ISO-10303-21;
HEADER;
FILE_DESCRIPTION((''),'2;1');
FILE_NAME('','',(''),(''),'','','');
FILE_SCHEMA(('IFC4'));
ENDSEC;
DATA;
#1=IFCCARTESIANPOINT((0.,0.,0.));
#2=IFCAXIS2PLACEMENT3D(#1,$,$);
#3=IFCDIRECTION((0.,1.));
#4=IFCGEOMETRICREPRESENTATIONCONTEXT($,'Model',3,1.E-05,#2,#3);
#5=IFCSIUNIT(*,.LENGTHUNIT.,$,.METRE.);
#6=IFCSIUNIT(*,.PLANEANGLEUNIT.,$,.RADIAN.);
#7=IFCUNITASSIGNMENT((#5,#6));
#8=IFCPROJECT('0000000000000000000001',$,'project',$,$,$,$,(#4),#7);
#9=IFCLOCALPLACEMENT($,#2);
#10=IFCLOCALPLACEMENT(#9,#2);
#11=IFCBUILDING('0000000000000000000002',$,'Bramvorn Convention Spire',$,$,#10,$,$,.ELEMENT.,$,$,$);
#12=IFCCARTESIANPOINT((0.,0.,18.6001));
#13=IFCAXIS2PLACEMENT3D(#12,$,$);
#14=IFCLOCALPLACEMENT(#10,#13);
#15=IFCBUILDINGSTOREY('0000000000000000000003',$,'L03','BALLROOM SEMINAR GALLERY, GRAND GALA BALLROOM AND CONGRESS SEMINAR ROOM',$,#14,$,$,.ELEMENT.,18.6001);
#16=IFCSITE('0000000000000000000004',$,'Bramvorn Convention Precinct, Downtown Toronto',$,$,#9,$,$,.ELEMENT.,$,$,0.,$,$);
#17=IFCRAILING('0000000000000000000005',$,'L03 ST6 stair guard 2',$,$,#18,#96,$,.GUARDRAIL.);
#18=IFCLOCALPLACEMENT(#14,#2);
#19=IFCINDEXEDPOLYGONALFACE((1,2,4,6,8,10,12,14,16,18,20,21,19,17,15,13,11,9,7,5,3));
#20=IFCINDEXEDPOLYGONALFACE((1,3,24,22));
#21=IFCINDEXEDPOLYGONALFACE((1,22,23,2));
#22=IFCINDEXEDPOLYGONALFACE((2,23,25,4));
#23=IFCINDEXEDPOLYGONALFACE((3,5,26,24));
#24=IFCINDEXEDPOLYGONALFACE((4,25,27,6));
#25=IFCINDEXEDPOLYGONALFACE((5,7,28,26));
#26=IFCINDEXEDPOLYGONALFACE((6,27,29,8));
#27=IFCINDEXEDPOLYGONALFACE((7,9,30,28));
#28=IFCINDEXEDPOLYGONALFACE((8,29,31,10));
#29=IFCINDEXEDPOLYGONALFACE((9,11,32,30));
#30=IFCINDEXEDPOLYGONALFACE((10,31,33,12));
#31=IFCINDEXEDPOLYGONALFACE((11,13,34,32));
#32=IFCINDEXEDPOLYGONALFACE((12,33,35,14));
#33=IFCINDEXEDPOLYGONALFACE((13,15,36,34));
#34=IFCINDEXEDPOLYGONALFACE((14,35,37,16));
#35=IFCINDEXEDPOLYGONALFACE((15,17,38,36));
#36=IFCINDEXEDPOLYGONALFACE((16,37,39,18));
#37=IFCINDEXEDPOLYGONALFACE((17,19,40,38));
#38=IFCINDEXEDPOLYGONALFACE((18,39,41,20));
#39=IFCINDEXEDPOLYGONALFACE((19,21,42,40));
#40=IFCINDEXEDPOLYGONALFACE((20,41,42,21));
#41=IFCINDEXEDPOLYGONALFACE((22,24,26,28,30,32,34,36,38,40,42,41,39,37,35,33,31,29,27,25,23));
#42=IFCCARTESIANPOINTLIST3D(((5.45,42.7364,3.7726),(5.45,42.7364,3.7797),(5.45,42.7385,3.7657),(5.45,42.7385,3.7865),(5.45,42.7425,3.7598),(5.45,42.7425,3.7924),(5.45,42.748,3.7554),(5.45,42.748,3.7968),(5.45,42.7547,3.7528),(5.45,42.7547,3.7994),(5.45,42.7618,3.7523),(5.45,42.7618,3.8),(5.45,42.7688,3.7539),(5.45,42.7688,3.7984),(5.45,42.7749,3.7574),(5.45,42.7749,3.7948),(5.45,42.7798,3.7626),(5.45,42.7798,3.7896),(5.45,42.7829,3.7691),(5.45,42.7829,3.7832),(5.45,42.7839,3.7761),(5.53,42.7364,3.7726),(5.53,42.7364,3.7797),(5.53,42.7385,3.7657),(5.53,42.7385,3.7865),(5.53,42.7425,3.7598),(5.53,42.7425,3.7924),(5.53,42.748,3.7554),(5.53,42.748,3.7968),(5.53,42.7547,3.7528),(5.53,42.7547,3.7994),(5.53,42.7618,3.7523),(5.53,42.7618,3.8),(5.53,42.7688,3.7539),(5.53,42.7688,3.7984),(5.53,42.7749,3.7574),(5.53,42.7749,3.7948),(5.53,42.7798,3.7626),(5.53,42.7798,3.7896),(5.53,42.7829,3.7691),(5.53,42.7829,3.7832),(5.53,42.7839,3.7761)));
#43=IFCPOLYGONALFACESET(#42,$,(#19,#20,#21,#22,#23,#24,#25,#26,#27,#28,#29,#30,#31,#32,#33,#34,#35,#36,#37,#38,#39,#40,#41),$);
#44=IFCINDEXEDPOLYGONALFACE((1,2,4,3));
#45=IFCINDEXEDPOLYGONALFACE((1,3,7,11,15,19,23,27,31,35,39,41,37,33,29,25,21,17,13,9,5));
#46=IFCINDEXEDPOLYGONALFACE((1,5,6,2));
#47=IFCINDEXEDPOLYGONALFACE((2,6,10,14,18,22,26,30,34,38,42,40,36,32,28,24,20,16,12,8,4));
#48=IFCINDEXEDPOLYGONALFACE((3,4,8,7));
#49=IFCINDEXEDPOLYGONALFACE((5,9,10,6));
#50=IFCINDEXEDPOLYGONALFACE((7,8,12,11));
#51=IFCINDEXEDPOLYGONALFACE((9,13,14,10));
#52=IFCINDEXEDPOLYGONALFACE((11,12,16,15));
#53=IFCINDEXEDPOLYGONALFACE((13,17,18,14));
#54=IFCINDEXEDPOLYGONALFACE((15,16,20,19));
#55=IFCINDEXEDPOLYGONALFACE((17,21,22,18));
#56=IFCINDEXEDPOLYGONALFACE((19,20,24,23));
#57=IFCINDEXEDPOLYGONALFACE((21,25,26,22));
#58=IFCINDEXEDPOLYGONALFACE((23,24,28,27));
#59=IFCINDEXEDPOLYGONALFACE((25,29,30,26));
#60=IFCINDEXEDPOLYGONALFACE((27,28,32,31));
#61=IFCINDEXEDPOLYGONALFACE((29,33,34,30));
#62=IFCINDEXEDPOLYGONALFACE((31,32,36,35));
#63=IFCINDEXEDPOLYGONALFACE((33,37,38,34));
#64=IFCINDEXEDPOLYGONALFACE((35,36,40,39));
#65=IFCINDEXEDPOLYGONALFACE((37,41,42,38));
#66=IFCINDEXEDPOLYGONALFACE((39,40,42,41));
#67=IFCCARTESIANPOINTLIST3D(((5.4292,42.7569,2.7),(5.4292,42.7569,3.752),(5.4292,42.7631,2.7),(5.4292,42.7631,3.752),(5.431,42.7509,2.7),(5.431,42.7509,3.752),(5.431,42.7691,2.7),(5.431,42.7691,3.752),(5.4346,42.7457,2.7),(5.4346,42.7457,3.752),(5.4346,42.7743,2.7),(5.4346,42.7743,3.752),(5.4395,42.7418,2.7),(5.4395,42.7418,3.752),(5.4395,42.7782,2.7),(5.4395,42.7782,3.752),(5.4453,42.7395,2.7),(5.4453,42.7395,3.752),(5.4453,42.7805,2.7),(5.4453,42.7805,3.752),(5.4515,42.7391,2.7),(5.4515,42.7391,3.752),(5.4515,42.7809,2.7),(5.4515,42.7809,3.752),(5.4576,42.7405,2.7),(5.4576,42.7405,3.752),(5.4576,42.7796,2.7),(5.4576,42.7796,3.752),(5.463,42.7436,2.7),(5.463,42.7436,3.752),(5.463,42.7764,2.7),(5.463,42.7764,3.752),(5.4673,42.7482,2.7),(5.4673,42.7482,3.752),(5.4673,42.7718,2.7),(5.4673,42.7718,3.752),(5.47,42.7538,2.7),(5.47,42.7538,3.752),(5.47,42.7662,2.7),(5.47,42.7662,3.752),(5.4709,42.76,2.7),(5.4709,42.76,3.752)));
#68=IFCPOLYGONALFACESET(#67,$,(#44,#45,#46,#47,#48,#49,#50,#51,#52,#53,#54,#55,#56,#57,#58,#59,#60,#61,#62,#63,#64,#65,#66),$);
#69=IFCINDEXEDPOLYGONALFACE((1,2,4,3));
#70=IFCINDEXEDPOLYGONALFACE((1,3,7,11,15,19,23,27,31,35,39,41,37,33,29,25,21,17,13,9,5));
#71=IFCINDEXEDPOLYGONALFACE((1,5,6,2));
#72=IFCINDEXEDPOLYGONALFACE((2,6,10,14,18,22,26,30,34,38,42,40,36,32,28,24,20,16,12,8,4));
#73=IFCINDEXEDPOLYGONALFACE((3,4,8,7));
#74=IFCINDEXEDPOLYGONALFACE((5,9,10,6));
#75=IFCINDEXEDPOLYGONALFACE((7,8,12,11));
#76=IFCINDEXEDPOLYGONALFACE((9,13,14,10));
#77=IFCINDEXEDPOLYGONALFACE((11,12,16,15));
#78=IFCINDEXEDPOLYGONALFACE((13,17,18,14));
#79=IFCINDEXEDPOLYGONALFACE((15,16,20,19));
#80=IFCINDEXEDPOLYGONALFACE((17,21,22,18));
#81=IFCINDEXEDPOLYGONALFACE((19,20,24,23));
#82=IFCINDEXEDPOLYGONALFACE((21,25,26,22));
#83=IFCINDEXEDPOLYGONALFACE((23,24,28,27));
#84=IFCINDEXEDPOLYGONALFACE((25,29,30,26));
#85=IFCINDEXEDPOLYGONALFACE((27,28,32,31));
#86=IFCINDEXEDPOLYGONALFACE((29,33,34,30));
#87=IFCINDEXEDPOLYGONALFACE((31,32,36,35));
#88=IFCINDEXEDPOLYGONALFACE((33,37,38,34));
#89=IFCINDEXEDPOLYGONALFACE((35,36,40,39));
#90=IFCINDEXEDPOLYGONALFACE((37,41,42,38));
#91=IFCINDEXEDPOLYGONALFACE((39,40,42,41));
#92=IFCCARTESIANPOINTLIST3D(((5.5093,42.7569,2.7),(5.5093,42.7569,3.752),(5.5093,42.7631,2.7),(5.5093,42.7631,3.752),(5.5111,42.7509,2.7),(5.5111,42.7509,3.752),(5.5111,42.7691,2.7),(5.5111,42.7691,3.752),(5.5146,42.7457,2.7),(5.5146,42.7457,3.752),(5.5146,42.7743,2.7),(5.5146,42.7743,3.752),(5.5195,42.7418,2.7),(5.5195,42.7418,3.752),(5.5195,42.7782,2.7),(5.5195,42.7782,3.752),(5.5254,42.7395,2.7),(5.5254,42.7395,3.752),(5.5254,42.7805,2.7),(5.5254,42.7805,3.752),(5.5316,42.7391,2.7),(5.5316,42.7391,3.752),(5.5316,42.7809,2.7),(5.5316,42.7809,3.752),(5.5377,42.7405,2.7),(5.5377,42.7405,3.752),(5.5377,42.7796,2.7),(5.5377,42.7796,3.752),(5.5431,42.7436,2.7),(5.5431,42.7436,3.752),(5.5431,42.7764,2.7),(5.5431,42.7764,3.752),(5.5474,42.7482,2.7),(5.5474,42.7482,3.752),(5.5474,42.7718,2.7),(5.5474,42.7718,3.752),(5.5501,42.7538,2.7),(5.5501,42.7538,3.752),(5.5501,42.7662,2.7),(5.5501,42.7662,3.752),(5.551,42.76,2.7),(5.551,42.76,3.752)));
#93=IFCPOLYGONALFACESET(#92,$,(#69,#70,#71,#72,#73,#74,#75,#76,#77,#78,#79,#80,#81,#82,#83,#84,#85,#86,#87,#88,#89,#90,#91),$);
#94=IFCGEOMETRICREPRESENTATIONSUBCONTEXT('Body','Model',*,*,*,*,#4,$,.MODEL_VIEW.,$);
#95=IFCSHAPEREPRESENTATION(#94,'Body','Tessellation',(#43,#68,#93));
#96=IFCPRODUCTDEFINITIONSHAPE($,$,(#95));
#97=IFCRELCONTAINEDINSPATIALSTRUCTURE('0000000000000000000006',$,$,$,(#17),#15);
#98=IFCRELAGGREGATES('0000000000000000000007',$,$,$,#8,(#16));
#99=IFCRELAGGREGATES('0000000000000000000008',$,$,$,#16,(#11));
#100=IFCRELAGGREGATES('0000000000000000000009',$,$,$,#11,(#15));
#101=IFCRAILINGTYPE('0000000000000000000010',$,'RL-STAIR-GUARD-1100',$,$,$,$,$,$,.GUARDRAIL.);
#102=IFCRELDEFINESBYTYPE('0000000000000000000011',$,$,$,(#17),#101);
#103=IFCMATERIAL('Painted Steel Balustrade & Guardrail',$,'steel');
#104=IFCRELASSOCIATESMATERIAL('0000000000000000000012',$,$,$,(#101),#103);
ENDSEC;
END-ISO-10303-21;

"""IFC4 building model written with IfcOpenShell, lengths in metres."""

from ifc_helpers import new_model, si_unit, direction, frame, origin, origin_2d, place, context, subcontext, project, spatial, circle, extrude, material, type_object, element, save


model = new_model("IFC4")

# Units and contexts
model_context = context("Model", 3, precision=1e-05, world=origin(), true_north=direction((0.0, 1.0)))
body_context = subcontext(model_context, "Body", "Model", "MODEL_VIEW")
ifc_project = project(units=[si_unit("LENGTHUNIT", "METRE"), si_unit("PLANEANGLEUNIT", "RADIAN")], contexts=[model_context])

# Site, building, storey
site_placement = place(None, origin())
site = spatial("IfcSite", under=ifc_project, at=site_placement, Name="Bramvorn Convention Precinct, Downtown Toronto", CompositionType="ELEMENT", RefElevation=0.0)
building_placement = place(site_placement, origin())
building = spatial("IfcBuilding", under=site, at=building_placement, Name="Bramvorn Convention Spire", CompositionType="ELEMENT")
storey_placement = place(building_placement, frame((0.0, 0.0, 18.6001)))
storey = spatial("IfcBuildingStorey", under=building, at=storey_placement, Name="L03", Description="BALLROOM SEMINAR GALLERY, GRAND GALA BALLROOM AND CONGRESS SEMINAR ROOM", CompositionType="ELEMENT", Elevation=18.6001)

# Railing
ifc_material_1 = material(Name="Painted Steel Balustrade & Guardrail", Category="steel")
railing_type = type_object("IfcRailingType", Name="RL-STAIR-GUARD-1100", PredefinedType="GUARDRAIL", material=ifc_material_1)
railing_1_placement = place(storey_placement, frame((5.45, 42.76, 2.7)))
element("IfcRailing", 1, at=railing_1_placement, inside=storey, type_object=railing_type, Name="L03 ST6 stair guard 2", PredefinedType="GUARDRAIL", context=body_context, shape_type="SweptSolid", body=[
    extrude(circle(Radius=0.0239, at=origin_2d()), frame((0.0, 0.0, 1.0762), z_axis=(1.0, 0.0, 0.0), x_axis=(0.0, 1.0, 0.0)), (0.0, 0.0, 1.0), 0.0801),
    extrude(circle(Radius=0.021, at=origin_2d()), origin(), (0.0, 0.0, 1.0), 1.052),
    extrude(circle(Radius=0.021, at=origin_2d()), frame((0.0801, 0.0, 0.0)), (0.0, 0.0, 1.0), 1.052),
])

save(model, "model.ifc")
